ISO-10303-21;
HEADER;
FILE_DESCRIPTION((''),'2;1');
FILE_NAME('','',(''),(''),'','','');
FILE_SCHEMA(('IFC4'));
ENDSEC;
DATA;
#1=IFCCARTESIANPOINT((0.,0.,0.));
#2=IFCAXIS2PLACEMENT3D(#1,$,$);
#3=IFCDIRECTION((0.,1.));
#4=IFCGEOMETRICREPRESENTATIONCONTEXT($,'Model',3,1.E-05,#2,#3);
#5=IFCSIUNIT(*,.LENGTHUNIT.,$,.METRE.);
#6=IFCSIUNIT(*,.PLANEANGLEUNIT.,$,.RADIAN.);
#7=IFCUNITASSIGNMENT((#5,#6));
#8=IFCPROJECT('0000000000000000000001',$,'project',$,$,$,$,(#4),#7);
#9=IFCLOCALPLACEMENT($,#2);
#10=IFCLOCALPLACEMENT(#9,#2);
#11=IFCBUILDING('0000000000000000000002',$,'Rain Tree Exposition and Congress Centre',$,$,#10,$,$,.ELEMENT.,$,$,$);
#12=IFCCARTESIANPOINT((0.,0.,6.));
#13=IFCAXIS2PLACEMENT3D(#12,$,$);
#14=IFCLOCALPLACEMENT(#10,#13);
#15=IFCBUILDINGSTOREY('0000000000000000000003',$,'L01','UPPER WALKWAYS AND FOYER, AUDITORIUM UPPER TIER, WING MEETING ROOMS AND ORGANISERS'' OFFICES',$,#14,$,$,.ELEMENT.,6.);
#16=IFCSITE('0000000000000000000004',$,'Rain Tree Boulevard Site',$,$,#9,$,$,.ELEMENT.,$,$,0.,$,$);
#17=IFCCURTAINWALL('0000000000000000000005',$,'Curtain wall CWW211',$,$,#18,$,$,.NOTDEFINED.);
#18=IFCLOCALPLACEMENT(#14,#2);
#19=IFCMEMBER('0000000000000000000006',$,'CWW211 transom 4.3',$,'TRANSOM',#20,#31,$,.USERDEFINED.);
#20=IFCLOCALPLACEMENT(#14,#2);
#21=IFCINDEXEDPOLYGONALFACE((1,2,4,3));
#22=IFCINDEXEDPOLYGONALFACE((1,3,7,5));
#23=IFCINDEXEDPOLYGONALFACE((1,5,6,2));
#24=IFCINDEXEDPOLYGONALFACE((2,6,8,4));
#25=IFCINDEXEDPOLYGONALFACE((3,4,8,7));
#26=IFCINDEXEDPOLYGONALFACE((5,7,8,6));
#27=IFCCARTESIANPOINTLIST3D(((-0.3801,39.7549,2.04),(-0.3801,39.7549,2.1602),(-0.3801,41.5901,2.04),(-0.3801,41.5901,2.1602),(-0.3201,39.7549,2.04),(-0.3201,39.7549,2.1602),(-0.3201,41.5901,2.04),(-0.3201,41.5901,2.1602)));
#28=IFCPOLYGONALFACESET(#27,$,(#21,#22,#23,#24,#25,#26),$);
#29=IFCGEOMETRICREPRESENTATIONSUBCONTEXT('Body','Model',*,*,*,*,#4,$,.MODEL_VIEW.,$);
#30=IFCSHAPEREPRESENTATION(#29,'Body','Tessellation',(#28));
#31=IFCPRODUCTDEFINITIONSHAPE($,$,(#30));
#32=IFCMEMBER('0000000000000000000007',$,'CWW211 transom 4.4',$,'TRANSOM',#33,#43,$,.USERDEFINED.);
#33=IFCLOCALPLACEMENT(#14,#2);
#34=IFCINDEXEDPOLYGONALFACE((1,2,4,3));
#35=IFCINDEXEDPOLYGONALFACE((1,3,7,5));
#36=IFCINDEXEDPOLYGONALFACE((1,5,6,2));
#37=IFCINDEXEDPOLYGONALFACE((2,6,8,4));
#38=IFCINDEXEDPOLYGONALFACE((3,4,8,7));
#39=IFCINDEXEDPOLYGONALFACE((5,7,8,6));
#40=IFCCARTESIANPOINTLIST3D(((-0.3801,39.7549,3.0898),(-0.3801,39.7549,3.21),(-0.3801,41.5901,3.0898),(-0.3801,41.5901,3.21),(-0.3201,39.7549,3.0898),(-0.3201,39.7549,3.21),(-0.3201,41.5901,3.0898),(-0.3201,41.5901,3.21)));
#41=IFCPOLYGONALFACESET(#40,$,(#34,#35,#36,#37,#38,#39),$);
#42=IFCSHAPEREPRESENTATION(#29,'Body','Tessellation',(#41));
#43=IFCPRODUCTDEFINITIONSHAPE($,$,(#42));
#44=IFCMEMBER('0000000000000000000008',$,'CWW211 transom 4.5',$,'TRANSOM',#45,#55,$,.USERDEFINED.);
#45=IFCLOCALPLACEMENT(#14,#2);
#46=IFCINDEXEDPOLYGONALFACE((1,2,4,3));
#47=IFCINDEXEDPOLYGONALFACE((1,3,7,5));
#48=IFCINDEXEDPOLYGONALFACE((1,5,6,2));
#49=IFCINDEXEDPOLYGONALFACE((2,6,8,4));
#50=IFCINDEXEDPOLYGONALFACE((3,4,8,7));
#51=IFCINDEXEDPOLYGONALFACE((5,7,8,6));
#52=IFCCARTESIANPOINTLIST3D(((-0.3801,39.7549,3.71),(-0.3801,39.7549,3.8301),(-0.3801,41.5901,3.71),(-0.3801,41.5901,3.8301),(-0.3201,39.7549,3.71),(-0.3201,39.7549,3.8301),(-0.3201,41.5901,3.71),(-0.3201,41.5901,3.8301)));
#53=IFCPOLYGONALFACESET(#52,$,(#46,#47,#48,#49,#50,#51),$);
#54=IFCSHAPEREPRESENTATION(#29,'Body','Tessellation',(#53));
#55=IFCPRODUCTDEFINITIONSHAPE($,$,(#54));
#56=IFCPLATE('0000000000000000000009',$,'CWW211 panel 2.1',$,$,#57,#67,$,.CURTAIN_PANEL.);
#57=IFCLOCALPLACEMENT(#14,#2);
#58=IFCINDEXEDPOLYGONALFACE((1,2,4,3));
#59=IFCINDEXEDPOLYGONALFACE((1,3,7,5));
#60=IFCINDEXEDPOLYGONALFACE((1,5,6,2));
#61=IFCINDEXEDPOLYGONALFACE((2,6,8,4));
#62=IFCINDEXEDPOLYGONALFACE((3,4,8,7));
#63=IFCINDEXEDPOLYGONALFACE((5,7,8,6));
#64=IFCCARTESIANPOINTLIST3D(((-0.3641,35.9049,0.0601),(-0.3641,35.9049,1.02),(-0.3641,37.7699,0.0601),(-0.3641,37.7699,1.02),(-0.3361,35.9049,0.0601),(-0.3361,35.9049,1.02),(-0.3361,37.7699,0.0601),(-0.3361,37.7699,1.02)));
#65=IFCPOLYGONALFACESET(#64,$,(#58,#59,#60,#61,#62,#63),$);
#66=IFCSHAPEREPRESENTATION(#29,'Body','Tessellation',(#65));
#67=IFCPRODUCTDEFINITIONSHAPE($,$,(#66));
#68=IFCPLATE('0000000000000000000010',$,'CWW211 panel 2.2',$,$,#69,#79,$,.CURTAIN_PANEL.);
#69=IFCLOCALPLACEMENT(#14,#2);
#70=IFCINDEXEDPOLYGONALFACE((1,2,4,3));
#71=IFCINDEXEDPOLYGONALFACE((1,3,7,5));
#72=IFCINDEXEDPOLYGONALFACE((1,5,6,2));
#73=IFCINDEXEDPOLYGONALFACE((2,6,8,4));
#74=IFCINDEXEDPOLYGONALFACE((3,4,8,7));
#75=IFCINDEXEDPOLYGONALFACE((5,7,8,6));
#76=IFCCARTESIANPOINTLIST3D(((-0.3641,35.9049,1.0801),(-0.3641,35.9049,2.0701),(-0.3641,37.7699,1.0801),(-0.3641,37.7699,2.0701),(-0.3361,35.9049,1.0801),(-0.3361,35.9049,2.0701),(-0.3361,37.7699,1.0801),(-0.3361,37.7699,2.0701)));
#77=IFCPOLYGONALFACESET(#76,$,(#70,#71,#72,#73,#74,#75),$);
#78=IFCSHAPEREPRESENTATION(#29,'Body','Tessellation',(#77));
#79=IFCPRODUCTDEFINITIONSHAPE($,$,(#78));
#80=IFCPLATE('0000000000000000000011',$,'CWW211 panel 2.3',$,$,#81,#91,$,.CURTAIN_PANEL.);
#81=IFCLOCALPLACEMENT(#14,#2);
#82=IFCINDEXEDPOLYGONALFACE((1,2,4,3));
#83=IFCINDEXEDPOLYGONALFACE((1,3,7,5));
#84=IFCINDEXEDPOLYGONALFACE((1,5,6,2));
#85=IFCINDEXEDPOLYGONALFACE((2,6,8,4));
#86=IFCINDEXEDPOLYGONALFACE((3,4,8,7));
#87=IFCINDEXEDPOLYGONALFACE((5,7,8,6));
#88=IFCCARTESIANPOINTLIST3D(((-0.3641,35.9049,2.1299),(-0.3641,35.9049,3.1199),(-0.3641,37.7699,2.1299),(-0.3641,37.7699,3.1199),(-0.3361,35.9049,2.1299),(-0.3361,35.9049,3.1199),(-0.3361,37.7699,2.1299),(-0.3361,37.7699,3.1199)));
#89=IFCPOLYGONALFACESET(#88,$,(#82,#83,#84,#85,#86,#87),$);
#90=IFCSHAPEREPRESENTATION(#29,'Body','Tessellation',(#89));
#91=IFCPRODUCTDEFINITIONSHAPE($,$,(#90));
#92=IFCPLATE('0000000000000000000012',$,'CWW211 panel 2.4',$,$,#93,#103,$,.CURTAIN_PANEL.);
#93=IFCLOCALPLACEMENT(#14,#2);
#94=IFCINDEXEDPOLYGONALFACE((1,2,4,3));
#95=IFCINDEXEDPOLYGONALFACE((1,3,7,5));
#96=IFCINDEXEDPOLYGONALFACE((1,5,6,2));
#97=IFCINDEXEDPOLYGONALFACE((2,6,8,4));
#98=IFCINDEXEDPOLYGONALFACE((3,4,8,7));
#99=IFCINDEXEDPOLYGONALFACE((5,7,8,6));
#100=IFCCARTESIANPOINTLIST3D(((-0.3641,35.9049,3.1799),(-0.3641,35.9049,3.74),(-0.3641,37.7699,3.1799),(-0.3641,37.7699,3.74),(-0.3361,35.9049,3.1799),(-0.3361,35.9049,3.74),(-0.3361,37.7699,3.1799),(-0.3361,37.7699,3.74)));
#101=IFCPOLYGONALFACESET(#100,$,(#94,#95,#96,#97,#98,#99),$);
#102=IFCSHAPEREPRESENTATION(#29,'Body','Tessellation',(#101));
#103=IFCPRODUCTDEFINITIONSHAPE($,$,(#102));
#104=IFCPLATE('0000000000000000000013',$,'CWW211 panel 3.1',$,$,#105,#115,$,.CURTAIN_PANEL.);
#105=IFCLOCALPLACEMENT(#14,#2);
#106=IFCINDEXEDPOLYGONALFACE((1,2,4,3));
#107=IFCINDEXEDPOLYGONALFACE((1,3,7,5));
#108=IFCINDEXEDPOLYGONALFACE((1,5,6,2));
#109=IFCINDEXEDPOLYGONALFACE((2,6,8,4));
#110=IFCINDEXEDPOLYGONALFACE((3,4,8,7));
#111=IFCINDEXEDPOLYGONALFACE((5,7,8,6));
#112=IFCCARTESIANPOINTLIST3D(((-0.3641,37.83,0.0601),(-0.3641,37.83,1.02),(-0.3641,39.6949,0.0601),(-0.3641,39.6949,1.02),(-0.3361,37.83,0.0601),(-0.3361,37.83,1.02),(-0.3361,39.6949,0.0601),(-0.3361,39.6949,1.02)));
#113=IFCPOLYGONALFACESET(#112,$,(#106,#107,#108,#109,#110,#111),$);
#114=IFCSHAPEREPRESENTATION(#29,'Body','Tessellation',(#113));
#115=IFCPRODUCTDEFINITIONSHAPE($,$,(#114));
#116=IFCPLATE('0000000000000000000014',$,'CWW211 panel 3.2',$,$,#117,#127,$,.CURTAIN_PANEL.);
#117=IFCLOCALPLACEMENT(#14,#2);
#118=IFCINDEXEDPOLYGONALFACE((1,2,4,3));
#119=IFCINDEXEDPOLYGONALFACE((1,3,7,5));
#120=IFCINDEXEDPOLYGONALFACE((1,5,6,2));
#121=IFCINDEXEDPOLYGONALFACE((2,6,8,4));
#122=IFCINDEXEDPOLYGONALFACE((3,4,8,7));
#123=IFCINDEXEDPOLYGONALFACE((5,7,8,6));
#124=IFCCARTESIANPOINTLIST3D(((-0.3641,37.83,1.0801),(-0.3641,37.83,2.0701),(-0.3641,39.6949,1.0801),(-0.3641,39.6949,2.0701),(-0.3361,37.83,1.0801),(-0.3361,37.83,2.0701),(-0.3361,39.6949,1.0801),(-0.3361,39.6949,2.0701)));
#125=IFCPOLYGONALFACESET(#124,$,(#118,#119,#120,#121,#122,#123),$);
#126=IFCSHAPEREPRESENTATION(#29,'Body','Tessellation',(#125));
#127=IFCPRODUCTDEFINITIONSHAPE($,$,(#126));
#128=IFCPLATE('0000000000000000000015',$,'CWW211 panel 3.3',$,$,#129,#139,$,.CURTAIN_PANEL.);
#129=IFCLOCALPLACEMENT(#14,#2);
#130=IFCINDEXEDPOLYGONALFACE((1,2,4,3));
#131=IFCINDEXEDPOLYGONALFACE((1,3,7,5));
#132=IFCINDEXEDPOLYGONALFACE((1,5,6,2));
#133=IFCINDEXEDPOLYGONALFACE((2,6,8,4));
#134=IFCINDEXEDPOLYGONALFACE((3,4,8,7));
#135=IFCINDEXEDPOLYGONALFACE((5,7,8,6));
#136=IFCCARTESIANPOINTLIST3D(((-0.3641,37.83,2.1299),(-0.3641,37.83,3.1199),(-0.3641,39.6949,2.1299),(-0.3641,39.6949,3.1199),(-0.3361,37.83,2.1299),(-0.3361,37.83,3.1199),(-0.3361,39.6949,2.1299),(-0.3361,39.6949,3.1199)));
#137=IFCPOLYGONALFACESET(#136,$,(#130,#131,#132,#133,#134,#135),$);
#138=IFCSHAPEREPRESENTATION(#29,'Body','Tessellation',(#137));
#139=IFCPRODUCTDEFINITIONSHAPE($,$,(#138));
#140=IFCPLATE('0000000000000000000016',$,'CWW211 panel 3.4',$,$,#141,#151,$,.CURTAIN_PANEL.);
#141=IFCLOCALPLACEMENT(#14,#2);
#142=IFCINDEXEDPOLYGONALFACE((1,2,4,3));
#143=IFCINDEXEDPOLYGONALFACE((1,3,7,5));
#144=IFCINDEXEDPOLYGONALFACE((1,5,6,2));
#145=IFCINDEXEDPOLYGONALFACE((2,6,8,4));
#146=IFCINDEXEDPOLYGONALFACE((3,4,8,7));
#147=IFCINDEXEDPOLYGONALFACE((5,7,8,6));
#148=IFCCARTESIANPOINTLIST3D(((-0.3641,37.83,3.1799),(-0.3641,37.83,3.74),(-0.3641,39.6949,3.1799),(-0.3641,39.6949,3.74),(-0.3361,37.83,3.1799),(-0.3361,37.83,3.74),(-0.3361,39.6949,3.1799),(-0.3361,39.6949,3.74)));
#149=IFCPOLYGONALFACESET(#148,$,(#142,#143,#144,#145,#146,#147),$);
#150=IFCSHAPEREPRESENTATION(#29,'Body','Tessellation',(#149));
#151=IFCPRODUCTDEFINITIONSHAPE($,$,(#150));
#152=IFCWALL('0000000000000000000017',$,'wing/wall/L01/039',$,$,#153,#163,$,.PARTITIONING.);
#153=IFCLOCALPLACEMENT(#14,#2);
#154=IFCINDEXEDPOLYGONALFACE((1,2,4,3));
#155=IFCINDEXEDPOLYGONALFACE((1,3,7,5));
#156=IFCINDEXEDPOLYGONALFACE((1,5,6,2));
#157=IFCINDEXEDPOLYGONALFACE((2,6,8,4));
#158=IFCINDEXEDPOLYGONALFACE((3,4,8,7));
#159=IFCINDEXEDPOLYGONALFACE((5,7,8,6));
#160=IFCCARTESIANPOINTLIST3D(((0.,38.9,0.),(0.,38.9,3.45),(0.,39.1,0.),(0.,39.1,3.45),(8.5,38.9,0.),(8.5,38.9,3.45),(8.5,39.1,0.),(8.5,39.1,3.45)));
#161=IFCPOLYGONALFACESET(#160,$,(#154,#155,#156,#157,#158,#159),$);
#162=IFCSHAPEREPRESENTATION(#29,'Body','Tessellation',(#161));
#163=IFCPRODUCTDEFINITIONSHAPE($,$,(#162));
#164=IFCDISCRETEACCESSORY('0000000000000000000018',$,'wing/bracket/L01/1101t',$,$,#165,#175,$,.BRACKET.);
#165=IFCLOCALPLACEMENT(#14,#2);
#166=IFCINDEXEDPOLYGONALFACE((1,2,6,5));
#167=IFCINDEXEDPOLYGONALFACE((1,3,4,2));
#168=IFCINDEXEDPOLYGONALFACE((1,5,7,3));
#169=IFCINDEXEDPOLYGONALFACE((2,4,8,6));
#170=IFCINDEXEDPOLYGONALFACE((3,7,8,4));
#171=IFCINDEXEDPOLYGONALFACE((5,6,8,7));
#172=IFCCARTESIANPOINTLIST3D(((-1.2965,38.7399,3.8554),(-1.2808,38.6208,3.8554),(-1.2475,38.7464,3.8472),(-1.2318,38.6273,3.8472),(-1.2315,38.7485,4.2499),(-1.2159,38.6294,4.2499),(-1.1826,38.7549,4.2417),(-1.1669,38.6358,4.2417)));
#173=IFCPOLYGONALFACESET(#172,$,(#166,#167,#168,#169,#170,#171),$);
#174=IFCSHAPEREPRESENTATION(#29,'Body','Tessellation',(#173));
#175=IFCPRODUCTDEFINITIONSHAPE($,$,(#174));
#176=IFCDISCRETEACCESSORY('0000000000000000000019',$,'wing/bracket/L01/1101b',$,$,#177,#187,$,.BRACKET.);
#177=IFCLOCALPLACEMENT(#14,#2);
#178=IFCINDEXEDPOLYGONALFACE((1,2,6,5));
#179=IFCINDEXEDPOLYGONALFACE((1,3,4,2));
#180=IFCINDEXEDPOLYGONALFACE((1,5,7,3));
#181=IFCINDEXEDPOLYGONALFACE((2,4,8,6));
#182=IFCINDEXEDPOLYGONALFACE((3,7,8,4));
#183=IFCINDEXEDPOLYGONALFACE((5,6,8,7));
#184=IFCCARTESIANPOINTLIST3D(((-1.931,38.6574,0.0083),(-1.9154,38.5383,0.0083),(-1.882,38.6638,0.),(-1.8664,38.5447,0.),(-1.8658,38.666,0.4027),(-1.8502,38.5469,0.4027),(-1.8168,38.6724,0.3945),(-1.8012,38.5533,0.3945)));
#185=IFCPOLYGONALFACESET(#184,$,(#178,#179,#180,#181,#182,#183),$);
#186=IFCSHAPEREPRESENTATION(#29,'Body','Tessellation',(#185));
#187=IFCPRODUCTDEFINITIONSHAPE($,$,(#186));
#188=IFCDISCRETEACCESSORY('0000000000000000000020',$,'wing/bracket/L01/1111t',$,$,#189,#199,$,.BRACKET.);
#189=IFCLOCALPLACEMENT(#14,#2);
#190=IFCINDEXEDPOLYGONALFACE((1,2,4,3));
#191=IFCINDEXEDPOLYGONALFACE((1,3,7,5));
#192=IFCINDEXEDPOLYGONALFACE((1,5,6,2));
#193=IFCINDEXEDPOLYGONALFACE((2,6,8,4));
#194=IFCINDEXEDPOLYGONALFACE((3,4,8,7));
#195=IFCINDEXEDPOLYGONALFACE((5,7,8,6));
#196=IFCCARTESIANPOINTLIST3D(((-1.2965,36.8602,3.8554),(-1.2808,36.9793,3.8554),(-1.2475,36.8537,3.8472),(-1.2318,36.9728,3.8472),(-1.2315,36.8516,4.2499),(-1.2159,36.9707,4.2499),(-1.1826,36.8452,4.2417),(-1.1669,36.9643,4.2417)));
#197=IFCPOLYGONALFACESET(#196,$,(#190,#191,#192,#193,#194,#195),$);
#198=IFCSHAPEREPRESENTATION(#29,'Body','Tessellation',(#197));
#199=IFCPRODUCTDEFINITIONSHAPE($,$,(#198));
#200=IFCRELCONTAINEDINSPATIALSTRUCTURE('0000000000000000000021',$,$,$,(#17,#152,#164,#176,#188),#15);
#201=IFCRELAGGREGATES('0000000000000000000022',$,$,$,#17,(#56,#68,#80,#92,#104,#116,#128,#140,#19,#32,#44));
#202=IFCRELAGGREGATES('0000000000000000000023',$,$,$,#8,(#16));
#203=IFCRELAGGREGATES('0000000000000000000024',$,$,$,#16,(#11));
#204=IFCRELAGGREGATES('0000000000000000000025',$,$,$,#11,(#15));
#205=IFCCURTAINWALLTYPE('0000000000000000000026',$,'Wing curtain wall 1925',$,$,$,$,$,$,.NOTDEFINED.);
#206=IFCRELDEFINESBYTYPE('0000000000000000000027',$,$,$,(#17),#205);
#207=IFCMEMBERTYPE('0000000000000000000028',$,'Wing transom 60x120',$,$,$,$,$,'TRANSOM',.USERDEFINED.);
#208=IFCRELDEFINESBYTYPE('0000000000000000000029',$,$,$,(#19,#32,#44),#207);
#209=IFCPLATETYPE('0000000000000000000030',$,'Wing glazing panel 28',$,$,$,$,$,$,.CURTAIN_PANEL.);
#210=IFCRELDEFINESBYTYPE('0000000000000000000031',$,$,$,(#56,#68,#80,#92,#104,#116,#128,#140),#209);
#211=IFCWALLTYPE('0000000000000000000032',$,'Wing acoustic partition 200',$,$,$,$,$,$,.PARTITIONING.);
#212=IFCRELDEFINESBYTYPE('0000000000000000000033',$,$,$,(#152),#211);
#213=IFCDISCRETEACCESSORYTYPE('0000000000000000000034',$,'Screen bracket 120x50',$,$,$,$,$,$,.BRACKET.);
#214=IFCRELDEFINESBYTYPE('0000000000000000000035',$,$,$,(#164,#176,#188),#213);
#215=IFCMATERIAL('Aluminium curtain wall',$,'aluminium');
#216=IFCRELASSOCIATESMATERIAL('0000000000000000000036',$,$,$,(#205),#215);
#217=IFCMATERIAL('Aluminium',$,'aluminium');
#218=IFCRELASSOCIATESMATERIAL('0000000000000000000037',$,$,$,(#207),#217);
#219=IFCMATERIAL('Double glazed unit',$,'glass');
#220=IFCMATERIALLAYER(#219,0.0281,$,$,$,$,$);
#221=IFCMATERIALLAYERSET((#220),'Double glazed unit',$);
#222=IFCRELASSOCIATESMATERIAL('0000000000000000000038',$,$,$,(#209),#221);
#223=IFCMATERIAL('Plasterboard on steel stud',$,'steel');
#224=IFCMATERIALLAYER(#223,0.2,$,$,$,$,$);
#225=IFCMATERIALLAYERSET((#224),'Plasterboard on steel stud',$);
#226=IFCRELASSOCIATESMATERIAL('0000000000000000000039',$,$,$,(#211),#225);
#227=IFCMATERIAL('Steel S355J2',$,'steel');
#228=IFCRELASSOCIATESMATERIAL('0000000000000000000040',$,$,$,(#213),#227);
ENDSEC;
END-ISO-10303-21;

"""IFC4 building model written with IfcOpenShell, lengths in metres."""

from ifc_helpers import new_model, si_unit, direction, frame, frame_2d, origin, origin_2d, place, context, subcontext, project, spatial, rectangle, extrude, material, layer, layer_set, material_profile, profile_set, type_object, element, aggregate, save


model = new_model("IFC4")

# Units and contexts
model_context = context("Model", 3, precision=1e-05, world=origin(), true_north=direction((0.0, 1.0)))
body_context = subcontext(model_context, "Body", "Model", "MODEL_VIEW")
ifc_project = project(units=[si_unit("LENGTHUNIT", "METRE"), si_unit("PLANEANGLEUNIT", "RADIAN")], contexts=[model_context])

# Site, building, storey
site_placement = place(None, origin())
site = spatial("IfcSite", under=ifc_project, at=site_placement, Name="Rain Tree Boulevard Site", CompositionType="ELEMENT", RefElevation=0.0)
building_placement = place(site_placement, origin())
building = spatial("IfcBuilding", under=site, at=building_placement, Name="Rain Tree Exposition and Congress Centre", CompositionType="ELEMENT")
storey_placement = place(building_placement, frame((0.0, 0.0, 6.0)))
storey = spatial("IfcBuildingStorey", under=building, at=storey_placement, Name="L01", Description="UPPER WALKWAYS AND FOYER, AUDITORIUM UPPER TIER, WING MEETING ROOMS AND ORGANISERS' OFFICES", CompositionType="ELEMENT", Elevation=6.0)

# Curtain wall, members, plates
ifc_material_1 = material(Name="Aluminium curtain wall", Category="aluminium")
curtain_wall_type = type_object("IfcCurtainWallType", Name="Wing curtain wall 1925", PredefinedType="NOTDEFINED", material=ifc_material_1)
curtain_wall_placement = place(storey_placement, origin())
curtain_wall = element("IfcCurtainWall", 1, at=curtain_wall_placement, inside=storey, type_object=curtain_wall_type, Name="Curtain wall CWW211", PredefinedType="NOTDEFINED")
ifc_material_2 = material(Name="Aluminium", Category="aluminium")
ifc_material_profile_1 = material_profile(ifc_material_2, rectangle(XDim=0.0601, YDim=0.1201, at=origin_2d()), Name="Aluminium 60x120")
ifc_profile_set_1 = profile_set([ifc_material_profile_1], Name="Aluminium")
member_type_1 = type_object("IfcMemberType", Name="Wing transom 60x120", ElementType="TRANSOM", PredefinedType="USERDEFINED", material=ifc_profile_set_1)
member_1_placement = place(storey_placement, frame((-0.3501, 39.7549, 2.1001), z_axis=(0.0, 1.0, 0.0), x_axis=(-1.0, 0.0, 0.0)))
member_1 = element("IfcMember", 2, at=member_1_placement, type_object=member_type_1, Name="CWW211 transom 4.3", ObjectType="TRANSOM", PredefinedType="USERDEFINED", context=body_context, shape_type="SweptSolid", body=[
    extrude(rectangle(XDim=0.0601, YDim=0.1201, at=origin_2d()), origin(), (0.0, 0.0, 1.0), 1.8352),
])
member_2_placement = place(storey_placement, frame((-0.3501, 39.7549, 3.1499), z_axis=(0.0, 1.0, 0.0), x_axis=(-1.0, 0.0, 0.0)))
member_2 = element("IfcMember", 3, at=member_2_placement, type_object=member_type_1, Name="CWW211 transom 4.4", ObjectType="TRANSOM", PredefinedType="USERDEFINED", context=body_context, shape_type="SweptSolid", body=[
    extrude(rectangle(XDim=0.0601, YDim=0.1201, at=origin_2d()), origin(), (0.0, 0.0, 1.0), 1.8352),
])
member_3_placement = place(storey_placement, frame((-0.3501, 39.7549, 3.77), z_axis=(0.0, 1.0, 0.0), x_axis=(-1.0, 0.0, 0.0)))
member_3 = element("IfcMember", 4, at=member_3_placement, type_object=member_type_1, Name="CWW211 transom 4.5", ObjectType="TRANSOM", PredefinedType="USERDEFINED", context=body_context, shape_type="SweptSolid", body=[
    extrude(rectangle(XDim=0.0601, YDim=0.1201, at=origin_2d()), origin(), (0.0, 0.0, 1.0), 1.8352),
])
ifc_material_3 = material(Name="Double glazed unit", Category="glass")
ifc_layer_1 = layer(ifc_material_3, 0.0281)
ifc_layer_set_1 = layer_set([ifc_layer_1], Name="Double glazed unit")
plate_type = type_object("IfcPlateType", Name="Wing glazing panel 28", PredefinedType="CURTAIN_PANEL", material=ifc_layer_set_1)
plate_1_placement = place(storey_placement, frame((-0.3501, 36.8374, 0.0601), z_axis=(0.0, 0.0, 1.0), x_axis=(0.0, 1.0, 0.0)))
plate_1 = element("IfcPlate", 5, at=plate_1_placement, type_object=plate_type, Name="CWW211 panel 2.1", PredefinedType="CURTAIN_PANEL", context=body_context, shape_type="SweptSolid", body=[
    extrude(rectangle(XDim=1.865, YDim=0.0281, at=origin_2d()), origin(), (0.0, 0.0, 1.0), 0.96),
])
plate_2_placement = place(storey_placement, frame((-0.3501, 36.8374, 1.0801), z_axis=(0.0, 0.0, 1.0), x_axis=(0.0, 1.0, 0.0)))
plate_2 = element("IfcPlate", 6, at=plate_2_placement, type_object=plate_type, Name="CWW211 panel 2.2", PredefinedType="CURTAIN_PANEL", context=body_context, shape_type="SweptSolid", body=[
    extrude(rectangle(XDim=1.865, YDim=0.0281, at=origin_2d()), origin(), (0.0, 0.0, 1.0), 0.99),
])
plate_3_placement = place(storey_placement, frame((-0.3501, 36.8374, 2.1299), z_axis=(0.0, 0.0, 1.0), x_axis=(0.0, 1.0, 0.0)))
plate_3 = element("IfcPlate", 7, at=plate_3_placement, type_object=plate_type, Name="CWW211 panel 2.3", PredefinedType="CURTAIN_PANEL", context=body_context, shape_type="SweptSolid", body=[
    extrude(rectangle(XDim=1.865, YDim=0.0281, at=origin_2d()), origin(), (0.0, 0.0, 1.0), 0.99),
])
plate_4_placement = place(storey_placement, frame((-0.3501, 36.8374, 3.1799), z_axis=(0.0, 0.0, 1.0), x_axis=(0.0, 1.0, 0.0)))
plate_4 = element("IfcPlate", 8, at=plate_4_placement, type_object=plate_type, Name="CWW211 panel 2.4", PredefinedType="CURTAIN_PANEL", context=body_context, shape_type="SweptSolid", body=[
    extrude(rectangle(XDim=1.865, YDim=0.0281, at=origin_2d()), origin(), (0.0, 0.0, 1.0), 0.5601),
])
plate_5_placement = place(storey_placement, frame((-0.3501, 38.7625, 0.0601), z_axis=(0.0, 0.0, 1.0), x_axis=(0.0, 1.0, 0.0)))
plate_5 = element("IfcPlate", 9, at=plate_5_placement, type_object=plate_type, Name="CWW211 panel 3.1", PredefinedType="CURTAIN_PANEL", context=body_context, shape_type="SweptSolid", body=[
    extrude(rectangle(XDim=1.865, YDim=0.0281, at=origin_2d()), origin(), (0.0, 0.0, 1.0), 0.96),
])
plate_6_placement = place(storey_placement, frame((-0.3501, 38.7625, 1.0801), z_axis=(0.0, 0.0, 1.0), x_axis=(0.0, 1.0, 0.0)))
plate_6 = element("IfcPlate", 10, at=plate_6_placement, type_object=plate_type, Name="CWW211 panel 3.2", PredefinedType="CURTAIN_PANEL", context=body_context, shape_type="SweptSolid", body=[
    extrude(rectangle(XDim=1.865, YDim=0.0281, at=origin_2d()), origin(), (0.0, 0.0, 1.0), 0.99),
])
plate_7_placement = place(storey_placement, frame((-0.3501, 38.7625, 2.1299), z_axis=(0.0, 0.0, 1.0), x_axis=(0.0, 1.0, 0.0)))
plate_7 = element("IfcPlate", 11, at=plate_7_placement, type_object=plate_type, Name="CWW211 panel 3.3", PredefinedType="CURTAIN_PANEL", context=body_context, shape_type="SweptSolid", body=[
    extrude(rectangle(XDim=1.865, YDim=0.0281, at=origin_2d()), origin(), (0.0, 0.0, 1.0), 0.99),
])
plate_8_placement = place(storey_placement, frame((-0.3501, 38.7625, 3.1799), z_axis=(0.0, 0.0, 1.0), x_axis=(0.0, 1.0, 0.0)))
plate_8 = element("IfcPlate", 12, at=plate_8_placement, type_object=plate_type, Name="CWW211 panel 3.4", PredefinedType="CURTAIN_PANEL", context=body_context, shape_type="SweptSolid", body=[
    extrude(rectangle(XDim=1.865, YDim=0.0281, at=origin_2d()), origin(), (0.0, 0.0, 1.0), 0.5601),
])
aggregate(curtain_wall, [plate_1, plate_2, plate_3, plate_4, plate_5, plate_6, plate_7, plate_8, member_1, member_2, member_3])

# Wall
ifc_material_4 = material(Name="Plasterboard on steel stud", Category="steel")
ifc_layer_2 = layer(ifc_material_4, 0.2)
ifc_layer_set_2 = layer_set([ifc_layer_2], Name="Plasterboard on steel stud")
wall_type = type_object("IfcWallType", Name="Wing acoustic partition 200", PredefinedType="PARTITIONING", material=ifc_layer_set_2)
wall_placement = place(storey_placement, frame((0.0, 39.0, 0.0), z_axis=(0.0, 0.0, 1.0), x_axis=(1.0, 0.0, 0.0)))
element("IfcWall", 13, at=wall_placement, inside=storey, type_object=wall_type, Name="wing/wall/L01/039", PredefinedType="PARTITIONING", context=body_context, shape_type="SweptSolid", body=[
    extrude(rectangle(XDim=8.5, YDim=0.2, at=frame_2d((4.25, 0.0))), origin(), (0.0, 0.0, 1.0), 3.45),
])

# Discrete accessories
ifc_material_5 = material(Name="Steel S355J2", Category="steel")
ifc_material_profile_2 = material_profile(ifc_material_5, rectangle(XDim=0.1201, YDim=0.05, at=origin_2d()), Name="Flat bar 120x50")
ifc_profile_set_2 = profile_set([ifc_material_profile_2], Name="Steel S355J2")
discrete_accessory_type = type_object("IfcDiscreteAccessoryType", Name="Screen bracket 120x50", PredefinedType="BRACKET", material=ifc_profile_set_2)
for number, where, z_axis, x_axis, name in (
    (14, (-1.2642, 38.6836, 3.8513), (0.162381, 0.021366, 0.986497), (-0.130455, 0.991454, 0.0), "wing/bracket/L01/1101t"),
    (15, (-1.8987, 38.6011, 0.0042), (0.162976, 0.021364, 0.986399), (-0.129974, 0.991517, 0.0), "wing/bracket/L01/1101b"),
    (16, (-1.2642, 36.9165, 3.8513), (0.162381, -0.021366, 0.986497), (0.130455, 0.991454, 0.0), "wing/bracket/L01/1111t"),
):
    element("IfcDiscreteAccessory", number, at=place(storey_placement, frame(where, z_axis=z_axis, x_axis=x_axis)), inside=storey, type_object=discrete_accessory_type, Name=name, PredefinedType="BRACKET", context=body_context, shape_type="SweptSolid", body=[
        extrude(rectangle(XDim=0.1201, YDim=0.05, at=origin_2d()), origin(), (0.0, 0.0, 1.0), 0.3999),
    ])

save(model, "model.ifc")
